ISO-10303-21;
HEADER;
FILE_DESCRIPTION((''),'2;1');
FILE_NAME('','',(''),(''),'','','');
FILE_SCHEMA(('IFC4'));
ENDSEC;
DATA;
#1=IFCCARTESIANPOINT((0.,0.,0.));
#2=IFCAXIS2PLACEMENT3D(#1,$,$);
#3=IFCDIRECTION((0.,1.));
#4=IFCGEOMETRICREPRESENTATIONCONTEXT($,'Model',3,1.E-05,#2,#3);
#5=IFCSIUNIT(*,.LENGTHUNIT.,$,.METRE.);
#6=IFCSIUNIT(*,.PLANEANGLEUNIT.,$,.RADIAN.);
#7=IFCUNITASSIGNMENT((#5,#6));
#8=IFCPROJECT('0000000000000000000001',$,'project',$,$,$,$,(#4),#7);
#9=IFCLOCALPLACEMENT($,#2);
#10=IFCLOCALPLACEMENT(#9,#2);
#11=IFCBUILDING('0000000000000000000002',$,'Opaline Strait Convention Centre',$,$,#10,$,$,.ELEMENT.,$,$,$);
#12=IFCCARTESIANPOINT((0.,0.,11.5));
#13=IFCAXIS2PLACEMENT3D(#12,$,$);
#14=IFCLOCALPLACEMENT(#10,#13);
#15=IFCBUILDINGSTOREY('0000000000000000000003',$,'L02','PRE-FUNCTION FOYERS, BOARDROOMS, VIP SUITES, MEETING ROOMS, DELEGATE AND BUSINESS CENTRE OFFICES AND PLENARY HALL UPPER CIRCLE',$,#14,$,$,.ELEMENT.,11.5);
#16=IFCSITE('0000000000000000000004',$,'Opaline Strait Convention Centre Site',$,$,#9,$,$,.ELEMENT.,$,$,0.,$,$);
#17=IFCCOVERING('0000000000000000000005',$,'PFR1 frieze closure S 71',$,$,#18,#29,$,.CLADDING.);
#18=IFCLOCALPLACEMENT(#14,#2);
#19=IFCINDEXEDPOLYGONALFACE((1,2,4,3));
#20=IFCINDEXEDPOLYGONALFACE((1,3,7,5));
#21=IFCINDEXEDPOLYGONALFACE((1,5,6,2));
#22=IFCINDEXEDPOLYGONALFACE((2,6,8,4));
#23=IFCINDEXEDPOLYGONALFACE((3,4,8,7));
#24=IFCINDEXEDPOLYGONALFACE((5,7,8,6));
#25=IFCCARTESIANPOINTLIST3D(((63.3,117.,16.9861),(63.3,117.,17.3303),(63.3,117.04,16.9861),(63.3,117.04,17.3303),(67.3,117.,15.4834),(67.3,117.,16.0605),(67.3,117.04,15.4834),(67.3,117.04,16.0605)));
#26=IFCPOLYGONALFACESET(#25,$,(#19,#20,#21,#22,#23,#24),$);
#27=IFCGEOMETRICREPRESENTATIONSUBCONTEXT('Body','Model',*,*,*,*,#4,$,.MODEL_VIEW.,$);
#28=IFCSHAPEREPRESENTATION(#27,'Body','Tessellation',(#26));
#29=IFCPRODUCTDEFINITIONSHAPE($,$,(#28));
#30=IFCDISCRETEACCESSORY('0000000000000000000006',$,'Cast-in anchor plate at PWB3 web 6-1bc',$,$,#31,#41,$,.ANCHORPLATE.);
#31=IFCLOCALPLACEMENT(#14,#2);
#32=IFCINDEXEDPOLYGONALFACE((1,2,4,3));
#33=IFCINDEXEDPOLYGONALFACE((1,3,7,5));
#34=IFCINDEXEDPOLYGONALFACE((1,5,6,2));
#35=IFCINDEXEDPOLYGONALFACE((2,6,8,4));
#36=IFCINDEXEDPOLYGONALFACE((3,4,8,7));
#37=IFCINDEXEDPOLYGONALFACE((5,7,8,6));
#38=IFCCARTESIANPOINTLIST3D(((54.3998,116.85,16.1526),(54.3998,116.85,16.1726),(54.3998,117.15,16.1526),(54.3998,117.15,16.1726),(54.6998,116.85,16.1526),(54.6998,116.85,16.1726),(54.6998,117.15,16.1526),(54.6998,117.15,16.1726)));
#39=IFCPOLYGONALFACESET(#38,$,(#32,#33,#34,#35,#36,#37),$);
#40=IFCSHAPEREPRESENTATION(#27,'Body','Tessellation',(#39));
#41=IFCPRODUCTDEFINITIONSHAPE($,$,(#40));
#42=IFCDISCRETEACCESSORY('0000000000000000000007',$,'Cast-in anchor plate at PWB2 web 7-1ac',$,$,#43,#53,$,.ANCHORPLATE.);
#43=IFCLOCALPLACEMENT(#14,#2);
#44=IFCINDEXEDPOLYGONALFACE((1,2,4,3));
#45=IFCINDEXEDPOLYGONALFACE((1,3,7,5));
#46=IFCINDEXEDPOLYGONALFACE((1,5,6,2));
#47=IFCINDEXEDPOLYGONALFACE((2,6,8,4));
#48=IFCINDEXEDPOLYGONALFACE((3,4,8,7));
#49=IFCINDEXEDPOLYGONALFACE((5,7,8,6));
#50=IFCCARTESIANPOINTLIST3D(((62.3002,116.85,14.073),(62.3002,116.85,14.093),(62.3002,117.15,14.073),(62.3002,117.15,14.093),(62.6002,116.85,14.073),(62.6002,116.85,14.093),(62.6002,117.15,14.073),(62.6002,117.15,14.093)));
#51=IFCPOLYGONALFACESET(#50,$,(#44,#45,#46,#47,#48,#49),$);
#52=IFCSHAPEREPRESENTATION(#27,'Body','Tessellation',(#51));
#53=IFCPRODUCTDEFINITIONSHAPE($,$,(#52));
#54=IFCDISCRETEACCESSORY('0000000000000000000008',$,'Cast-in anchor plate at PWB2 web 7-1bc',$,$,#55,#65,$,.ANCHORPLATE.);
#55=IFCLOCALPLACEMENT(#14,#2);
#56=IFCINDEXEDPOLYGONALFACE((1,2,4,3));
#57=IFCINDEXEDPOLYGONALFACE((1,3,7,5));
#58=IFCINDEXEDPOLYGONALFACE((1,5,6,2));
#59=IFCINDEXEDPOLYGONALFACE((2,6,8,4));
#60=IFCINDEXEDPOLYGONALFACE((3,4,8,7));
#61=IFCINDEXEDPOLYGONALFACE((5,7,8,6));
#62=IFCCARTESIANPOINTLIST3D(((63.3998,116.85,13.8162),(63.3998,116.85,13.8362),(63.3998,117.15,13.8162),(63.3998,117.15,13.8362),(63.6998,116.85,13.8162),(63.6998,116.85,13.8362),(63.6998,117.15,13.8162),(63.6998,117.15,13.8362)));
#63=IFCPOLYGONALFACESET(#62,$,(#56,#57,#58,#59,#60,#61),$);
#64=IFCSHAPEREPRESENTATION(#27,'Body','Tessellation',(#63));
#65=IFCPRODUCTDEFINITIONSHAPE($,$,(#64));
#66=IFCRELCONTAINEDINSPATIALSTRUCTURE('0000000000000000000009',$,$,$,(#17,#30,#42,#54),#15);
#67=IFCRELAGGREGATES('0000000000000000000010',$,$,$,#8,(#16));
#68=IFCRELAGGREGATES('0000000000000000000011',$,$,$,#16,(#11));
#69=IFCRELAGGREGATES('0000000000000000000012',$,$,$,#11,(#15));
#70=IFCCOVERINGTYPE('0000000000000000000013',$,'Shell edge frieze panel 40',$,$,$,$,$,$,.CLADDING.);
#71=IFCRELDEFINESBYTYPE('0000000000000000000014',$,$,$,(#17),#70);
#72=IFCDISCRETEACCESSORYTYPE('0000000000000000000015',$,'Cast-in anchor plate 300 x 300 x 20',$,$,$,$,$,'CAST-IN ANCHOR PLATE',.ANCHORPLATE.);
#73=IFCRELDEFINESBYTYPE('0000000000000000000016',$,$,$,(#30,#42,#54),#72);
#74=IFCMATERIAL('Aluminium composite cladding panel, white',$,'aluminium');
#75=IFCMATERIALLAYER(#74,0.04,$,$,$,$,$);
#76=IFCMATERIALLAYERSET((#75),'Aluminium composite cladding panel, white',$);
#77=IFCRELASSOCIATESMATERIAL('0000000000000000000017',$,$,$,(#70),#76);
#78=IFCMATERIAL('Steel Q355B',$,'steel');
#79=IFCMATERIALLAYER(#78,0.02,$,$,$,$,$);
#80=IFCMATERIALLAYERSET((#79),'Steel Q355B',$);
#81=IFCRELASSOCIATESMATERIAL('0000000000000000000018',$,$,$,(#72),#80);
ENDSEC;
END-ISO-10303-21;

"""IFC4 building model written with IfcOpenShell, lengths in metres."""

from ifc_helpers import new_model, si_unit, direction, frame, origin, origin_2d, place, context, subcontext, project, spatial, polyline, rectangle, outline, extrude, material, layer, layer_set, type_object, element, save


model = new_model("IFC4")

# Units and contexts
model_context = context("Model", 3, precision=1e-05, world=origin(), true_north=direction((0.0, 1.0)))
body_context = subcontext(model_context, "Body", "Model", "MODEL_VIEW")
ifc_project = project(units=[si_unit("LENGTHUNIT", "METRE"), si_unit("PLANEANGLEUNIT", "RADIAN")], contexts=[model_context])

# Site, building, storey
site_placement = place(None, origin())
site = spatial("IfcSite", under=ifc_project, at=site_placement, Name="Opaline Strait Convention Centre Site", CompositionType="ELEMENT", RefElevation=0.0)
building_placement = place(site_placement, origin())
building = spatial("IfcBuilding", under=site, at=building_placement, Name="Opaline Strait Convention Centre", CompositionType="ELEMENT")
storey_placement = place(building_placement, frame((0.0, 0.0, 11.5)))
storey = spatial("IfcBuildingStorey", under=building, at=storey_placement, Name="L02", Description="PRE-FUNCTION FOYERS, BOARDROOMS, VIP SUITES, MEETING ROOMS, DELEGATE AND BUSINESS CENTRE OFFICES AND PLENARY HALL UPPER CIRCLE", CompositionType="ELEMENT", Elevation=11.5)

# Shared definitions
ifc_material_1 = material(Name="Steel Q355B", Category="steel")

# Covering
ifc_material_2 = material(Name="Aluminium composite cladding panel, white", Category="aluminium")
ifc_layer_1 = layer(ifc_material_2, 0.04)
ifc_layer_set_1 = layer_set([ifc_layer_1], Name="Aluminium composite cladding panel, white")
covering_type = type_object("IfcCoveringType", Name="Shell edge frieze panel 40", PredefinedType="CLADDING", material=ifc_layer_set_1)
covering_1_placement = place(storey_placement, frame((63.3, 117.0, 16.9861), z_axis=(0.0, -1.0, 0.0), x_axis=(0.936122, 0.0, -0.351674)))
element("IfcCovering", 1, at=covering_1_placement, inside=storey, type_object=covering_type, Name="PFR1 frieze closure S 71", PredefinedType="CLADDING", context=body_context, shape_type="SweptSolid", body=[
    extrude(outline(polyline([(0.0, 0.0), (4.2729, 0.0), (4.07, 0.5403), (-0.1211, 0.3222), (0.0, 0.0)])), origin(), (0.0, 0.0, -1.0), 0.04),
])

# Discrete accessories
ifc_layer_2 = layer(ifc_material_1, 0.02)
ifc_layer_set_2 = layer_set([ifc_layer_2], Name="Steel Q355B")
discrete_accessory_type = type_object("IfcDiscreteAccessoryType", Name="Cast-in anchor plate 300 x 300 x 20", ElementType="CAST-IN ANCHOR PLATE", PredefinedType="ANCHORPLATE", material=ifc_layer_set_2)
for number, where, z_axis, x_axis, name in (
    (2, (54.5498, 117.0, 16.1526), (0.0, 0.0, 1.0), (1.0, 0.0, 0.0), "Cast-in anchor plate at PWB3 web 6-1bc"),
    (3, (62.4502, 117.0, 14.073), (0.0, 0.0, 1.0), (1.0, 0.0, 0.0), "Cast-in anchor plate at PWB2 web 7-1ac"),
    (4, (63.5498, 117.0, 13.8162), (0.0, 0.0, 1.0), (1.0, 0.0, 0.0), "Cast-in anchor plate at PWB2 web 7-1bc"),
):
    element("IfcDiscreteAccessory", number, at=place(storey_placement, frame(where, z_axis=z_axis, x_axis=x_axis)), inside=storey, type_object=discrete_accessory_type, Name=name, PredefinedType="ANCHORPLATE", context=body_context, shape_type="SweptSolid", body=[
        extrude(rectangle(XDim=0.3, YDim=0.3, at=origin_2d()), origin(), (0.0, 0.0, 1.0), 0.02),
    ])

save(model, "model.ifc")
